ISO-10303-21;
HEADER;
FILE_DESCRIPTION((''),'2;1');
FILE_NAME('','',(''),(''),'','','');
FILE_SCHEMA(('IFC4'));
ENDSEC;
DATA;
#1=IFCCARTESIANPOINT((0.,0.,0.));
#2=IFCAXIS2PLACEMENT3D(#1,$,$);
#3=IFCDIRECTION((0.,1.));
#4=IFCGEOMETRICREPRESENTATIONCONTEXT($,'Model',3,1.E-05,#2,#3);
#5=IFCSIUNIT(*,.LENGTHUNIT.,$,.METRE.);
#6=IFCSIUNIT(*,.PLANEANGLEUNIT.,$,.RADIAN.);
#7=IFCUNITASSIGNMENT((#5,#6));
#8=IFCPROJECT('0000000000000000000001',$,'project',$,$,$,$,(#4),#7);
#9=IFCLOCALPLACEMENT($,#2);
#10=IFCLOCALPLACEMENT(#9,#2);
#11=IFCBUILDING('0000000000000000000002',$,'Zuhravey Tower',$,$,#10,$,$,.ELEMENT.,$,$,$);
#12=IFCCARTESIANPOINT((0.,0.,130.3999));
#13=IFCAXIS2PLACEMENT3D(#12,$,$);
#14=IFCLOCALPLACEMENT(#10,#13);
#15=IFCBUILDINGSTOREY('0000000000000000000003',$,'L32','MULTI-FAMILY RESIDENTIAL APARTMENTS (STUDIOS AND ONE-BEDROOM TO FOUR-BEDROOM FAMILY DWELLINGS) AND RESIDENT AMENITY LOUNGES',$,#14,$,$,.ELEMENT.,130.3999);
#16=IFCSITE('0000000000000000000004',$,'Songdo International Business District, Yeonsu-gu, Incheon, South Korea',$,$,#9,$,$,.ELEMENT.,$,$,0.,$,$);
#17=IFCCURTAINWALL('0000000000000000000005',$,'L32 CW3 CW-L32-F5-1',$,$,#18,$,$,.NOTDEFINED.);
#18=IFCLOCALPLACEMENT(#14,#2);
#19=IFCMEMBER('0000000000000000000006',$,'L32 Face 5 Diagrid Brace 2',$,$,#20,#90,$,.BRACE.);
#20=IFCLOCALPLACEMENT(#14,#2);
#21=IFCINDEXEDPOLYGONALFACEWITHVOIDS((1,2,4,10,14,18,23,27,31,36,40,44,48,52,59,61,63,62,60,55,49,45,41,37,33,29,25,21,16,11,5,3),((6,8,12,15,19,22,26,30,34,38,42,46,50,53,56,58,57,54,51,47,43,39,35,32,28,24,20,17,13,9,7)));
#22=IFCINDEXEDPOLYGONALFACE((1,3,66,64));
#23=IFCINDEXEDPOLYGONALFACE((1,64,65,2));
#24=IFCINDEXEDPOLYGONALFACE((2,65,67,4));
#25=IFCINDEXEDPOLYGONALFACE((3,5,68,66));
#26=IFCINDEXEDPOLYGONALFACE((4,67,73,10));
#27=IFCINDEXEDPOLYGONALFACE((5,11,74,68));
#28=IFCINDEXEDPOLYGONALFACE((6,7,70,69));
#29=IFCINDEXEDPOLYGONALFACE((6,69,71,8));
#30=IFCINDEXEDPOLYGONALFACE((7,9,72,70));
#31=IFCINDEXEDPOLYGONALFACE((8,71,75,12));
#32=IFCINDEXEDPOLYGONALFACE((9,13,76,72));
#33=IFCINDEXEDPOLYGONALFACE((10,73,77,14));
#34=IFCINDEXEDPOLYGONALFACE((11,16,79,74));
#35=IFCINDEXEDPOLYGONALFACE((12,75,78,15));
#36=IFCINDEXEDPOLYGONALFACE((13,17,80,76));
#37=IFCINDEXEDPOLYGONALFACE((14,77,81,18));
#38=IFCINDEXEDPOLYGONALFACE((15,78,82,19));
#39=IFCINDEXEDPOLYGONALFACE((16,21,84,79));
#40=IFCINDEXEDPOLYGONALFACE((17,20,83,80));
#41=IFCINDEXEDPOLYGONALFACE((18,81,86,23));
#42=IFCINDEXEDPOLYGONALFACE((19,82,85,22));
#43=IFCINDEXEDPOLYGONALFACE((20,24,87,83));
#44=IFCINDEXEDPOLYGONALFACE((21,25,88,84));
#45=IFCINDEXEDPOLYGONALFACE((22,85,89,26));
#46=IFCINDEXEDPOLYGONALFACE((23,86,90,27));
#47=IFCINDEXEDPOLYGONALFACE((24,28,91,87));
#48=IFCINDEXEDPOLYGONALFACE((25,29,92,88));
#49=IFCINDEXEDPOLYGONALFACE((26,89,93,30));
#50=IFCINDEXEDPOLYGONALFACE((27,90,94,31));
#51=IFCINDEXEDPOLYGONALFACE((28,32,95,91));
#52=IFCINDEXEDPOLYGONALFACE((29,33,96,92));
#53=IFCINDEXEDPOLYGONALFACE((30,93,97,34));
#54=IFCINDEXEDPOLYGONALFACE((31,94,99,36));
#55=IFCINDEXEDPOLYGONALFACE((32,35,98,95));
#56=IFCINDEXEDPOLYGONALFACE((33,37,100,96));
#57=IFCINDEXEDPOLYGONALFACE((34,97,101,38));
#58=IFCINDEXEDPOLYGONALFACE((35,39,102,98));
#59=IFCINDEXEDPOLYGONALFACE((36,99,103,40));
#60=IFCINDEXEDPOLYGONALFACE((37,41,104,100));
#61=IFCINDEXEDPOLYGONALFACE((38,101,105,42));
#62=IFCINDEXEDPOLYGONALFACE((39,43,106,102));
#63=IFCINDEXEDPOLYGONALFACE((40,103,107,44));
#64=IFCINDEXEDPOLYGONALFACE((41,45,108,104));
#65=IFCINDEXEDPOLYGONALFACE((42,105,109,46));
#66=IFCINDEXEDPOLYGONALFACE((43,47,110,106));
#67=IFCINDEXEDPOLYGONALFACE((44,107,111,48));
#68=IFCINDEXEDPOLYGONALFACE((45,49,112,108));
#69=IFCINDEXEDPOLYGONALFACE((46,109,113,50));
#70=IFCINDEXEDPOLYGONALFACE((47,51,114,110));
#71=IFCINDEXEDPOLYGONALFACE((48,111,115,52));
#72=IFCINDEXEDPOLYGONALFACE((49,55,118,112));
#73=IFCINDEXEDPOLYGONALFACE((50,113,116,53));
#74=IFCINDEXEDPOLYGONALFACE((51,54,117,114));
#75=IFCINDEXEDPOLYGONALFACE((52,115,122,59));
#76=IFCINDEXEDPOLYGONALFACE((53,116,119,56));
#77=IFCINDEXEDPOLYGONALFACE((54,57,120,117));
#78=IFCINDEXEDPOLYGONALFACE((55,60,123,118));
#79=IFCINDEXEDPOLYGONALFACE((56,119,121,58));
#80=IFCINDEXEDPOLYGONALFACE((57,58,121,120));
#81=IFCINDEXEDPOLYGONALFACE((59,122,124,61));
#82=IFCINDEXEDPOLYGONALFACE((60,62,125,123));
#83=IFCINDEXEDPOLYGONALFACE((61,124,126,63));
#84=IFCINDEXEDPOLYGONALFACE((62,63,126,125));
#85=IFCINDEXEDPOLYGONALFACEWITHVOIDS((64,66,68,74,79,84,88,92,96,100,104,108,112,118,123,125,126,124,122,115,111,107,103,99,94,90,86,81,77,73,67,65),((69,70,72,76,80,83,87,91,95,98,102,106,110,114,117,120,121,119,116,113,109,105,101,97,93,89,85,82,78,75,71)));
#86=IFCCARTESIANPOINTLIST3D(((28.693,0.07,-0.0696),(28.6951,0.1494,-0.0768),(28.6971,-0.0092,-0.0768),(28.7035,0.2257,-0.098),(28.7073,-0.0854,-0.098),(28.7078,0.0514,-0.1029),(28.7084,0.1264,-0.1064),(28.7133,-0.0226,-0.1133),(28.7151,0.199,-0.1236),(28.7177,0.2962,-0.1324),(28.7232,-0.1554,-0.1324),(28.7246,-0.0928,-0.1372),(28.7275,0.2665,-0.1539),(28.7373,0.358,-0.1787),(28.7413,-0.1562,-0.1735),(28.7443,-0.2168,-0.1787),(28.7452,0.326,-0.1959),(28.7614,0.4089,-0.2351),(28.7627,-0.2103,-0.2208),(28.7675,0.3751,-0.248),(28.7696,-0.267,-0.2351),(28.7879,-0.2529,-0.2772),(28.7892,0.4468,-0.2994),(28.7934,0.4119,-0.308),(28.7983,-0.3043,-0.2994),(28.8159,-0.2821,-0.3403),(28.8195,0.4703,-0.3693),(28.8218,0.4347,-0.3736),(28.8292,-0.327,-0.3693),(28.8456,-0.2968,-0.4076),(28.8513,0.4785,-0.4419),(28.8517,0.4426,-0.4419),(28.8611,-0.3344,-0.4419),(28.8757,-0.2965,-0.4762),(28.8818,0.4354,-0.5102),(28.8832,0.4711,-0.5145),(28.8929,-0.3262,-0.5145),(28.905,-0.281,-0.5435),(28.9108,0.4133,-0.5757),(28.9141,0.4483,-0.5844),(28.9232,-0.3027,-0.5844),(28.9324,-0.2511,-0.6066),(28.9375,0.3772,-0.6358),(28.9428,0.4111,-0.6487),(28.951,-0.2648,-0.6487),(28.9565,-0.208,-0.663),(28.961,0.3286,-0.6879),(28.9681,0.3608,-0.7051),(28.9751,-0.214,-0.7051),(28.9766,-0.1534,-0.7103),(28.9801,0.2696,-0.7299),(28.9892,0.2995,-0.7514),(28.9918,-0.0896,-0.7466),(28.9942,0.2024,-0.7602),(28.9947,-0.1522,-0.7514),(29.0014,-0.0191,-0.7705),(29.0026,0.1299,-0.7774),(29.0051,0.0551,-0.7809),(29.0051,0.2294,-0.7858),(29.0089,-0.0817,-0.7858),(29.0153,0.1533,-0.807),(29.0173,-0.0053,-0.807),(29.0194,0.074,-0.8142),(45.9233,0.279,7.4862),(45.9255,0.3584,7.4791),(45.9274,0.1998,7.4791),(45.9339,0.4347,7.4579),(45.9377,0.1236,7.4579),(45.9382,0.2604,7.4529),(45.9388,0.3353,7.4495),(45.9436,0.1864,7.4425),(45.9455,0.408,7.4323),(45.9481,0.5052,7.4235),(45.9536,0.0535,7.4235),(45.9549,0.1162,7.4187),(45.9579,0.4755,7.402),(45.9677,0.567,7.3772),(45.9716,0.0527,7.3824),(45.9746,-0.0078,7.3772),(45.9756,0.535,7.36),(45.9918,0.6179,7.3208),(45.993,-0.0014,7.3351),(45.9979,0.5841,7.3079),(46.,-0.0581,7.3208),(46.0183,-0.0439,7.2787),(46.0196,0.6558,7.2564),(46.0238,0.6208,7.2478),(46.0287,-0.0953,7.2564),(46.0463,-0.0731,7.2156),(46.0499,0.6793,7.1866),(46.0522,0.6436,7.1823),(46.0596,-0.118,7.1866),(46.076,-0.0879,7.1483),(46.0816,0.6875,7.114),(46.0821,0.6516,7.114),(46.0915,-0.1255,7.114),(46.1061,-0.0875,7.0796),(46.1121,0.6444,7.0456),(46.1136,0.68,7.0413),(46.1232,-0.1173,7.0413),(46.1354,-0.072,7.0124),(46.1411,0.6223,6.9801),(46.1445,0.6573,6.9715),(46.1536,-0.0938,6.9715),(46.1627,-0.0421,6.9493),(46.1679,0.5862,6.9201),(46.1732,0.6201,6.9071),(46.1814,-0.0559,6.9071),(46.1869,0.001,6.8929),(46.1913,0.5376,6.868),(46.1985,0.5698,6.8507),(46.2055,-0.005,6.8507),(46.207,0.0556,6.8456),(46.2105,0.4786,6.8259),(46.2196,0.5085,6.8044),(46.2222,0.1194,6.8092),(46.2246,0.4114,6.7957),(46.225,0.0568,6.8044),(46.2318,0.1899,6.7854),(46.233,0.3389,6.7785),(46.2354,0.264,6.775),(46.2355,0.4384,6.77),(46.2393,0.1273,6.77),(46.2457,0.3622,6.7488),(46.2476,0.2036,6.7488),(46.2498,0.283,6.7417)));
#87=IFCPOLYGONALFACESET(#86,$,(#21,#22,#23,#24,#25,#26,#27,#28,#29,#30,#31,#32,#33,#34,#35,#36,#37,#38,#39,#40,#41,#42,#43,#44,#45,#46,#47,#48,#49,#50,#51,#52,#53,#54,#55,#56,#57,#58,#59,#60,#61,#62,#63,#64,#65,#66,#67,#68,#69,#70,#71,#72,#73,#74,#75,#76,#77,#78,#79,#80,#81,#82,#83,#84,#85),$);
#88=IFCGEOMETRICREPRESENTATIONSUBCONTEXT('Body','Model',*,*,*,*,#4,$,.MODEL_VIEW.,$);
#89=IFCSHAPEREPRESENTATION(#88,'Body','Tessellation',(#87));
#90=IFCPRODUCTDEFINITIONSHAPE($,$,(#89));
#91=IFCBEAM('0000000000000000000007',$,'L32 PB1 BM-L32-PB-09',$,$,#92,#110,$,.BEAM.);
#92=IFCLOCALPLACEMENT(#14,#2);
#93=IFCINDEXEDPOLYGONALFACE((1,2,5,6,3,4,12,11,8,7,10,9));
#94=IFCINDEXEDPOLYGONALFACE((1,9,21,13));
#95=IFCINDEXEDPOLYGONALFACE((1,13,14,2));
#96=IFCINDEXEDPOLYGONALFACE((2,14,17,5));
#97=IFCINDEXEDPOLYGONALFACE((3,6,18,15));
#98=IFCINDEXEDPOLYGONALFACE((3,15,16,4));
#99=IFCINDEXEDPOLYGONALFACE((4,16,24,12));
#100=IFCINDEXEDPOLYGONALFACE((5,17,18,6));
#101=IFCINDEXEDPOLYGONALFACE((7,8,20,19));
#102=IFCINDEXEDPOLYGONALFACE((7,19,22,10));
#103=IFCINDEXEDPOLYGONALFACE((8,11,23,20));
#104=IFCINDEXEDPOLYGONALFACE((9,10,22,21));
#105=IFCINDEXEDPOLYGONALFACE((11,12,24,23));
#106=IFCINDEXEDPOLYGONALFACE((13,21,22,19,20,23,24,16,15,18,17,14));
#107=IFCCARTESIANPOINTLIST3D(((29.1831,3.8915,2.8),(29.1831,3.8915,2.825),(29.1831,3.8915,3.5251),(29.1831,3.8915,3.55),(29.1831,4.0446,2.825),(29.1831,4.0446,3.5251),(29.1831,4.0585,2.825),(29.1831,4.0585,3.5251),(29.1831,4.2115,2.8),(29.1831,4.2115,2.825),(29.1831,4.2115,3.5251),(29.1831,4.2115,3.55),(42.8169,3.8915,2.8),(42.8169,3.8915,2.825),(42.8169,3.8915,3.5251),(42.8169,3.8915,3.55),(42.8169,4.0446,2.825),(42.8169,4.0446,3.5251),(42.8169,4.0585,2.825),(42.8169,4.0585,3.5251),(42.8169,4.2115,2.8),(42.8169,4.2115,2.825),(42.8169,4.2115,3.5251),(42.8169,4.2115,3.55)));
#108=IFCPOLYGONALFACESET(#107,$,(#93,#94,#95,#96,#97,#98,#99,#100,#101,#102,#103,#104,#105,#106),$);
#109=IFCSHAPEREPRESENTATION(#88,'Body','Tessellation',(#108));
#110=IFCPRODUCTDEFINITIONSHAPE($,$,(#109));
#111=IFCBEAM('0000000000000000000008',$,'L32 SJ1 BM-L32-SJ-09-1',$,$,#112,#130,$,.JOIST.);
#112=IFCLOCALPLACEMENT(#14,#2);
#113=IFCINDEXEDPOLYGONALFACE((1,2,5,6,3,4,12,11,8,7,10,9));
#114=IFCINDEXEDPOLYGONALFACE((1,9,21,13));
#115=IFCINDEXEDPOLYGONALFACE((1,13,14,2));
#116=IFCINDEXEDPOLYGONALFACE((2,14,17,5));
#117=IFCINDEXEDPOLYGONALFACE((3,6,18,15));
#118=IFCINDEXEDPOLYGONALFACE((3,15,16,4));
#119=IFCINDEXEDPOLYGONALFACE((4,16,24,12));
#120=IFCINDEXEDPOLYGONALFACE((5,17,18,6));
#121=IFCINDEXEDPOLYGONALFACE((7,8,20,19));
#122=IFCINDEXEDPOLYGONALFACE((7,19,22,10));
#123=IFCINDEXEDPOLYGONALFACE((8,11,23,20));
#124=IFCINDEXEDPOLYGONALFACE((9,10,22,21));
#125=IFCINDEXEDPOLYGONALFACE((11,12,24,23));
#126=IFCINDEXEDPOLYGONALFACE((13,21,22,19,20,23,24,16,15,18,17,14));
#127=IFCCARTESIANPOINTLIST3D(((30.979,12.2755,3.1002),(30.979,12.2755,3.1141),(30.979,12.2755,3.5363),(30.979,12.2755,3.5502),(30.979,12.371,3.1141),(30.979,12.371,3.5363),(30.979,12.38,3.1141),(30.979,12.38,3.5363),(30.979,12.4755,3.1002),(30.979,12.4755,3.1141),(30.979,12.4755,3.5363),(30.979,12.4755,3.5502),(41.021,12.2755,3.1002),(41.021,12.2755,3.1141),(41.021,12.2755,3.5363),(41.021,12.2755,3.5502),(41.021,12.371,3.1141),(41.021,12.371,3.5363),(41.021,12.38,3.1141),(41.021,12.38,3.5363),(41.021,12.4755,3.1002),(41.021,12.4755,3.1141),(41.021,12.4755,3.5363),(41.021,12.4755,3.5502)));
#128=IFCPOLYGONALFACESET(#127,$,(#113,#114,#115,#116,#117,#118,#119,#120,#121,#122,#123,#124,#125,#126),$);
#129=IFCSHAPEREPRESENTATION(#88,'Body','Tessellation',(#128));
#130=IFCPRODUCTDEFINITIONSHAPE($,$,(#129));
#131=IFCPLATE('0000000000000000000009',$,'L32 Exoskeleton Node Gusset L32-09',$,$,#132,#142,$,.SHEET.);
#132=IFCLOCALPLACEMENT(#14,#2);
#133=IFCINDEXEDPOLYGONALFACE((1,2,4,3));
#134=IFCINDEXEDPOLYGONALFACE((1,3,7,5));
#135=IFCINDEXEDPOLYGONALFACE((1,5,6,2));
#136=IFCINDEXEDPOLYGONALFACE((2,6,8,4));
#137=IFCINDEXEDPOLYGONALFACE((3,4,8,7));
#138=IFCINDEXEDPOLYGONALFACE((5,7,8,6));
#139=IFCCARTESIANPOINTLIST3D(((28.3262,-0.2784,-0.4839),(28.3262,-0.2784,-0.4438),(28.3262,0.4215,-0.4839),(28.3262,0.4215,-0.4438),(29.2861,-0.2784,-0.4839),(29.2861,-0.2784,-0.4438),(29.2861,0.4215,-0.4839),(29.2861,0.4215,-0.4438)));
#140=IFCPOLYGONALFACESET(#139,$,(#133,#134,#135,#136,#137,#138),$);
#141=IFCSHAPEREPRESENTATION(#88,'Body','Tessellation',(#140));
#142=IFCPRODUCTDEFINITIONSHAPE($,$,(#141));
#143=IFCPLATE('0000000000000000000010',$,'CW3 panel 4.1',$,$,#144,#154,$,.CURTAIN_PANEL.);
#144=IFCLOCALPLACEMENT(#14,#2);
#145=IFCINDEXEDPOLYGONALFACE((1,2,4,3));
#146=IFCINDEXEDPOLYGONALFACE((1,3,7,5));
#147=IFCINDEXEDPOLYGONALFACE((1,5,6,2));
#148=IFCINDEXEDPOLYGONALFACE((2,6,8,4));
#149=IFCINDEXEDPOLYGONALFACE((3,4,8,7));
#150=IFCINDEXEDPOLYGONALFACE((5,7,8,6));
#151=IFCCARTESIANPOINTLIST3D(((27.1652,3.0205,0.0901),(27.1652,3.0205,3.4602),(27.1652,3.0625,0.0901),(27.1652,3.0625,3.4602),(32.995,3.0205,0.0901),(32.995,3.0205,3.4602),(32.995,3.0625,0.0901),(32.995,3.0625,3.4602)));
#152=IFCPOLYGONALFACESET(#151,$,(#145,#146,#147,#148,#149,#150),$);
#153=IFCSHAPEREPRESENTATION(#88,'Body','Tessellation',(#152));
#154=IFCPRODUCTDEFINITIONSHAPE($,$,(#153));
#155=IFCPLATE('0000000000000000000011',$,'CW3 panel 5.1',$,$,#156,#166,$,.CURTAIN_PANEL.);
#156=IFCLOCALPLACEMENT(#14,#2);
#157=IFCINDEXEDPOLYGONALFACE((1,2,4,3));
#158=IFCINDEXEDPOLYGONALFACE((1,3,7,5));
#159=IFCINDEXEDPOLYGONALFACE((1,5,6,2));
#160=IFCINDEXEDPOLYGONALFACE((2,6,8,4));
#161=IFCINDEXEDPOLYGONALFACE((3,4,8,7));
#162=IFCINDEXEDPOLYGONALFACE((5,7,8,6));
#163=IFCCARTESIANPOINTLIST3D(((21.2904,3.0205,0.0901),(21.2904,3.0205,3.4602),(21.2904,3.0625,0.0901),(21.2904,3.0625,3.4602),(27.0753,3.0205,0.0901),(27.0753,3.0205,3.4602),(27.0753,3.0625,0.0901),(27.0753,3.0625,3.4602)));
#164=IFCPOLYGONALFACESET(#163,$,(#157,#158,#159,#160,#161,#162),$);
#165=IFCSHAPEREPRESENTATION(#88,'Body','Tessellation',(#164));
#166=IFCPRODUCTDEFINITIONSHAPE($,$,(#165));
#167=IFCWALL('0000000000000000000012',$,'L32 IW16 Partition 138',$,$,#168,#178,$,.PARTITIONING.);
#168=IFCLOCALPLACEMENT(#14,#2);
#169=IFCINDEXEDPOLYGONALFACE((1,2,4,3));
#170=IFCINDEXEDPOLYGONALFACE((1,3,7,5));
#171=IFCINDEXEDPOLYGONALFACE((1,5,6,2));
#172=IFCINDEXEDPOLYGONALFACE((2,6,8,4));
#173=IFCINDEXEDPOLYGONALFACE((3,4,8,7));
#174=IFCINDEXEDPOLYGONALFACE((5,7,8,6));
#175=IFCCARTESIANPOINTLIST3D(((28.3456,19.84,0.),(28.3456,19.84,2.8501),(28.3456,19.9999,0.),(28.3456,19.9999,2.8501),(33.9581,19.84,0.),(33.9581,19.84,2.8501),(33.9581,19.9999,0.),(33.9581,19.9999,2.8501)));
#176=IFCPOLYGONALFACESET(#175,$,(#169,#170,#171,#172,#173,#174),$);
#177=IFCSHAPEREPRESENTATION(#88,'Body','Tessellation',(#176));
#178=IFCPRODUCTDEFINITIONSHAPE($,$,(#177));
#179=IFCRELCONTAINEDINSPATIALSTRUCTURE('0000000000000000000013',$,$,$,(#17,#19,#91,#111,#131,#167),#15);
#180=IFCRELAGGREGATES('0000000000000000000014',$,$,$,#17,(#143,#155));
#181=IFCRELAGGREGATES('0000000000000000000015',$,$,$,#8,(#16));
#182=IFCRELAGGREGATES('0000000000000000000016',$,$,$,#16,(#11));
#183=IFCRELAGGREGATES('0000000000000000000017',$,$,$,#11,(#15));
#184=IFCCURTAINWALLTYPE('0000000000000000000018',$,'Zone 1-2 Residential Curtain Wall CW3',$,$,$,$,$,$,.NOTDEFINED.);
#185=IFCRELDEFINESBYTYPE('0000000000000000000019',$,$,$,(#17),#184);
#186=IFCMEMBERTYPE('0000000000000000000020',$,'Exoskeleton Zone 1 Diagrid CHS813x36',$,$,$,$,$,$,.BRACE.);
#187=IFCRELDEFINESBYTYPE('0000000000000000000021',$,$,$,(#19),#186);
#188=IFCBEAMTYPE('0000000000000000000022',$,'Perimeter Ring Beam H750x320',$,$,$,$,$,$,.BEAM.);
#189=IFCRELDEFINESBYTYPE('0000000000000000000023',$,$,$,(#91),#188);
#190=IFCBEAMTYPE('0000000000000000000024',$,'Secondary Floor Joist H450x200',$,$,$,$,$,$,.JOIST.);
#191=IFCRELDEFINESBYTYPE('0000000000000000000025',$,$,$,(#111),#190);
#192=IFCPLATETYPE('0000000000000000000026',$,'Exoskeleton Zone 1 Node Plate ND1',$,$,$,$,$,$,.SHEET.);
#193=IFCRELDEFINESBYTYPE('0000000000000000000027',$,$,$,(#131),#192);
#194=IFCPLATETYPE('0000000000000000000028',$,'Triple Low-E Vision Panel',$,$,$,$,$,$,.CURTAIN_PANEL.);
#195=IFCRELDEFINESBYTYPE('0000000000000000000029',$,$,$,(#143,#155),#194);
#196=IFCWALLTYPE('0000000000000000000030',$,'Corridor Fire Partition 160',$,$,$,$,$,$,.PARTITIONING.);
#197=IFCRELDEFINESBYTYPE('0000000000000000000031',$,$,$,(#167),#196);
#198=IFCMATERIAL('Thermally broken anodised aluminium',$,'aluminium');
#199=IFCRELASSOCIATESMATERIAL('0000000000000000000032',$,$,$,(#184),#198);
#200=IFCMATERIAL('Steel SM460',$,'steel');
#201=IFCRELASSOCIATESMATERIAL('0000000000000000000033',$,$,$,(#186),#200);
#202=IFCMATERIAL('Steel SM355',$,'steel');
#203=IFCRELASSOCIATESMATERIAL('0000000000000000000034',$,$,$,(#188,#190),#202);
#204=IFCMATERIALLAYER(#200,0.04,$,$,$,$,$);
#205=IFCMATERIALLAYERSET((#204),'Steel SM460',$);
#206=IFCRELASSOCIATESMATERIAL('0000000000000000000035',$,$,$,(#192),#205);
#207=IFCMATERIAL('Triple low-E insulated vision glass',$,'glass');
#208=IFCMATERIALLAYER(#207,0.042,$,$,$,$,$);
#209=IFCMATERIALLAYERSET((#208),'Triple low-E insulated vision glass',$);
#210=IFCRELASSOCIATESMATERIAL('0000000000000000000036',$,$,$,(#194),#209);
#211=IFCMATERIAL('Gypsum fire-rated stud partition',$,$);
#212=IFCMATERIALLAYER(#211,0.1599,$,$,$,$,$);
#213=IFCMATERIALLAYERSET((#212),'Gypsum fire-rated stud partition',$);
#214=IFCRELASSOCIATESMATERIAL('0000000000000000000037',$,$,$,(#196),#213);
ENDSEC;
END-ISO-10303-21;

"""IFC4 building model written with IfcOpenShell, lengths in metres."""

from ifc_helpers import new_model, si_unit, direction, frame, frame_2d, origin, origin_2d, place, context, subcontext, project, spatial, rectangle, hollow_circle, i_section, extrude, material, layer, layer_set, material_profile, profile_set, type_object, element, aggregate, save


model = new_model("IFC4")

# Units and contexts
model_context = context("Model", 3, precision=1e-05, world=origin(), true_north=direction((0.0, 1.0)))
body_context = subcontext(model_context, "Body", "Model", "MODEL_VIEW")
ifc_project = project(units=[si_unit("LENGTHUNIT", "METRE"), si_unit("PLANEANGLEUNIT", "RADIAN")], contexts=[model_context])

# Site, building, storey
site_placement = place(None, origin())
site = spatial("IfcSite", under=ifc_project, at=site_placement, Name="Songdo International Business District, Yeonsu-gu, Incheon, South Korea", CompositionType="ELEMENT", RefElevation=0.0)
building_placement = place(site_placement, origin())
building = spatial("IfcBuilding", under=site, at=building_placement, Name="Zuhravey Tower", CompositionType="ELEMENT")
storey_placement = place(building_placement, frame((0.0, 0.0, 130.3999)))
storey = spatial("IfcBuildingStorey", under=building, at=storey_placement, Name="L32", Description="MULTI-FAMILY RESIDENTIAL APARTMENTS (STUDIOS AND ONE-BEDROOM TO FOUR-BEDROOM FAMILY DWELLINGS) AND RESIDENT AMENITY LOUNGES", CompositionType="ELEMENT", Elevation=130.3999)

# Curtain wall
ifc_material_1 = material(Name="Thermally broken anodised aluminium", Category="aluminium")
curtain_wall_type = type_object("IfcCurtainWallType", Name="Zone 1-2 Residential Curtain Wall CW3", PredefinedType="NOTDEFINED", material=ifc_material_1)
curtain_wall_placement = place(storey_placement, origin())
curtain_wall = element("IfcCurtainWall", 1, at=curtain_wall_placement, inside=storey, type_object=curtain_wall_type, Name="L32 CW3 CW-L32-F5-1", PredefinedType="NOTDEFINED")

# Member
ifc_material_2 = material(Name="Steel SM355", Category="steel")
ifc_material_3 = material(Name="Steel SM460", Category="steel")
ifc_material_profile_1 = material_profile(ifc_material_3, hollow_circle(Radius=0.4065, WallThickness=0.0359, at=origin_2d()), Name="CHS-812.8x36")
ifc_profile_set_1 = profile_set([ifc_material_profile_1], Name="Steel SM460")
member_type_1 = type_object("IfcMemberType", Name="Exoskeleton Zone 1 Diagrid CHS813x36", PredefinedType="BRACE", material=ifc_profile_set_1)
member_1_placement = place(storey_placement, frame((28.8562, 0.072, -0.4419), z_axis=(0.915757, 0.011107, 0.401578), x_axis=(-0.012128, 0.999926, 0.0)))
element("IfcMember", 2, at=member_1_placement, inside=storey, type_object=member_type_1, Name="L32 Face 5 Diagrid Brace 2", PredefinedType="BRACE", context=body_context, shape_type="SweptSolid", body=[
    extrude(hollow_circle(Radius=0.4065, WallThickness=0.0359, at=origin_2d()), origin(), (0.0, 0.0, 1.0), 18.8154),
])

# Beams
ifc_material_profile_2 = material_profile(ifc_material_2, i_section(OverallWidth=0.3201, OverallDepth=0.75, WebThickness=0.0139, FlangeThickness=0.0249, at=origin_2d()), Name="H-750x320x14x25")
ifc_profile_set_2 = profile_set([ifc_material_profile_2], Name="Steel SM355")
beam_type_1 = type_object("IfcBeamType", Name="Perimeter Ring Beam H750x320", PredefinedType="BEAM", material=ifc_profile_set_2)
beam_1_placement = place(storey_placement, frame((29.1831, 4.0515, 3.175), z_axis=(1.0, 0.0, 0.0), x_axis=(0.0, 1.0, 0.0)))
element("IfcBeam", 3, at=beam_1_placement, inside=storey, type_object=beam_type_1, Name="L32 PB1 BM-L32-PB-09", PredefinedType="BEAM", context=body_context, shape_type="SweptSolid", body=[
    extrude(i_section(OverallWidth=0.3201, OverallDepth=0.75, WebThickness=0.0139, FlangeThickness=0.0249, at=origin_2d()), origin(), (0.0, 0.0, 1.0), 13.6338),
])
ifc_material_profile_3 = material_profile(ifc_material_2, i_section(OverallWidth=0.2, OverallDepth=0.45, WebThickness=0.009, FlangeThickness=0.0139, at=origin_2d()), Name="H-450x200x9x14")
ifc_profile_set_3 = profile_set([ifc_material_profile_3], Name="Steel SM355")
beam_type_2 = type_object("IfcBeamType", Name="Secondary Floor Joist H450x200", PredefinedType="JOIST", material=ifc_profile_set_3)
beam_2_placement = place(storey_placement, frame((30.979, 12.3755, 3.3252), z_axis=(1.0, 0.0, 0.0), x_axis=(0.0, 1.0, 0.0)))
element("IfcBeam", 4, at=beam_2_placement, inside=storey, type_object=beam_type_2, Name="L32 SJ1 BM-L32-SJ-09-1", PredefinedType="JOIST", context=body_context, shape_type="SweptSolid", body=[
    extrude(i_section(OverallWidth=0.2, OverallDepth=0.45, WebThickness=0.009, FlangeThickness=0.0139, at=origin_2d()), origin(), (0.0, 0.0, 1.0), 10.042),
])

# Plates
ifc_layer_1 = layer(ifc_material_3, 0.04)
ifc_layer_set_1 = layer_set([ifc_layer_1], Name="Steel SM460")
plate_type_1 = type_object("IfcPlateType", Name="Exoskeleton Zone 1 Node Plate ND1", PredefinedType="SHEET", material=ifc_layer_set_1)
plate_1_placement = place(storey_placement, frame((28.8062, 0.0715, -0.4839), z_axis=(0.0, 0.0, 1.0), x_axis=(1.0, 0.0, 0.0)))
element("IfcPlate", 5, at=plate_1_placement, inside=storey, type_object=plate_type_1, Name="L32 Exoskeleton Node Gusset L32-09", PredefinedType="SHEET", context=body_context, shape_type="SweptSolid", body=[
    extrude(rectangle(XDim=0.96, YDim=0.7, at=origin_2d()), origin(), (0.0, 0.0, 1.0), 0.04),
])
ifc_material_4 = material(Name="Triple low-E insulated vision glass", Category="glass")
ifc_layer_2 = layer(ifc_material_4, 0.042)
ifc_layer_set_2 = layer_set([ifc_layer_2], Name="Triple low-E insulated vision glass")
plate_type_2 = type_object("IfcPlateType", Name="Triple Low-E Vision Panel", PredefinedType="CURTAIN_PANEL", material=ifc_layer_set_2)
plate_2_placement = place(storey_placement, frame((30.0801, 3.0415, 0.0901), z_axis=(0.0, 0.0, 1.0), x_axis=(-1.0, 0.0, 0.0)))
plate_2 = element("IfcPlate", 6, at=plate_2_placement, type_object=plate_type_2, Name="CW3 panel 4.1", PredefinedType="CURTAIN_PANEL", context=body_context, shape_type="SweptSolid", body=[
    extrude(rectangle(XDim=5.8298, YDim=0.042, at=origin_2d()), origin(), (0.0, 0.0, 1.0), 3.3701),
])
plate_3_placement = place(storey_placement, frame((24.1829, 3.0415, 0.0901), z_axis=(0.0, 0.0, 1.0), x_axis=(-1.0, 0.0, 0.0)))
plate_3 = element("IfcPlate", 7, at=plate_3_placement, type_object=plate_type_2, Name="CW3 panel 5.1", PredefinedType="CURTAIN_PANEL", context=body_context, shape_type="SweptSolid", body=[
    extrude(rectangle(XDim=5.7849, YDim=0.042, at=origin_2d()), origin(), (0.0, 0.0, 1.0), 3.3701),
])
aggregate(curtain_wall, [plate_2, plate_3])

# Shared definitions
ifc_material_5 = material(Name="Gypsum fire-rated stud partition")
ifc_layer_3 = layer(ifc_material_5, 0.1599)
ifc_layer_set_3 = layer_set([ifc_layer_3], Name="Gypsum fire-rated stud partition")
wall_type_1 = type_object("IfcWallType", Name="Corridor Fire Partition 160", PredefinedType="PARTITIONING", material=ifc_layer_set_3)

# Wall
wall_1_placement = place(storey_placement, frame((28.3457, 19.9199, 0.0), z_axis=(0.0, 0.0, 1.0), x_axis=(1.0, 0.0, 0.0)))
element("IfcWall", 8, at=wall_1_placement, inside=storey, type_object=wall_type_1, Name="L32 IW16 Partition 138", PredefinedType="PARTITIONING", context=body_context, shape_type="SweptSolid", body=[
    extrude(rectangle(XDim=5.6125, YDim=0.1599, at=frame_2d((2.8062, 0.0))), origin(), (0.0, 0.0, 1.0), 2.8501),
])

save(model, "model.ifc")
